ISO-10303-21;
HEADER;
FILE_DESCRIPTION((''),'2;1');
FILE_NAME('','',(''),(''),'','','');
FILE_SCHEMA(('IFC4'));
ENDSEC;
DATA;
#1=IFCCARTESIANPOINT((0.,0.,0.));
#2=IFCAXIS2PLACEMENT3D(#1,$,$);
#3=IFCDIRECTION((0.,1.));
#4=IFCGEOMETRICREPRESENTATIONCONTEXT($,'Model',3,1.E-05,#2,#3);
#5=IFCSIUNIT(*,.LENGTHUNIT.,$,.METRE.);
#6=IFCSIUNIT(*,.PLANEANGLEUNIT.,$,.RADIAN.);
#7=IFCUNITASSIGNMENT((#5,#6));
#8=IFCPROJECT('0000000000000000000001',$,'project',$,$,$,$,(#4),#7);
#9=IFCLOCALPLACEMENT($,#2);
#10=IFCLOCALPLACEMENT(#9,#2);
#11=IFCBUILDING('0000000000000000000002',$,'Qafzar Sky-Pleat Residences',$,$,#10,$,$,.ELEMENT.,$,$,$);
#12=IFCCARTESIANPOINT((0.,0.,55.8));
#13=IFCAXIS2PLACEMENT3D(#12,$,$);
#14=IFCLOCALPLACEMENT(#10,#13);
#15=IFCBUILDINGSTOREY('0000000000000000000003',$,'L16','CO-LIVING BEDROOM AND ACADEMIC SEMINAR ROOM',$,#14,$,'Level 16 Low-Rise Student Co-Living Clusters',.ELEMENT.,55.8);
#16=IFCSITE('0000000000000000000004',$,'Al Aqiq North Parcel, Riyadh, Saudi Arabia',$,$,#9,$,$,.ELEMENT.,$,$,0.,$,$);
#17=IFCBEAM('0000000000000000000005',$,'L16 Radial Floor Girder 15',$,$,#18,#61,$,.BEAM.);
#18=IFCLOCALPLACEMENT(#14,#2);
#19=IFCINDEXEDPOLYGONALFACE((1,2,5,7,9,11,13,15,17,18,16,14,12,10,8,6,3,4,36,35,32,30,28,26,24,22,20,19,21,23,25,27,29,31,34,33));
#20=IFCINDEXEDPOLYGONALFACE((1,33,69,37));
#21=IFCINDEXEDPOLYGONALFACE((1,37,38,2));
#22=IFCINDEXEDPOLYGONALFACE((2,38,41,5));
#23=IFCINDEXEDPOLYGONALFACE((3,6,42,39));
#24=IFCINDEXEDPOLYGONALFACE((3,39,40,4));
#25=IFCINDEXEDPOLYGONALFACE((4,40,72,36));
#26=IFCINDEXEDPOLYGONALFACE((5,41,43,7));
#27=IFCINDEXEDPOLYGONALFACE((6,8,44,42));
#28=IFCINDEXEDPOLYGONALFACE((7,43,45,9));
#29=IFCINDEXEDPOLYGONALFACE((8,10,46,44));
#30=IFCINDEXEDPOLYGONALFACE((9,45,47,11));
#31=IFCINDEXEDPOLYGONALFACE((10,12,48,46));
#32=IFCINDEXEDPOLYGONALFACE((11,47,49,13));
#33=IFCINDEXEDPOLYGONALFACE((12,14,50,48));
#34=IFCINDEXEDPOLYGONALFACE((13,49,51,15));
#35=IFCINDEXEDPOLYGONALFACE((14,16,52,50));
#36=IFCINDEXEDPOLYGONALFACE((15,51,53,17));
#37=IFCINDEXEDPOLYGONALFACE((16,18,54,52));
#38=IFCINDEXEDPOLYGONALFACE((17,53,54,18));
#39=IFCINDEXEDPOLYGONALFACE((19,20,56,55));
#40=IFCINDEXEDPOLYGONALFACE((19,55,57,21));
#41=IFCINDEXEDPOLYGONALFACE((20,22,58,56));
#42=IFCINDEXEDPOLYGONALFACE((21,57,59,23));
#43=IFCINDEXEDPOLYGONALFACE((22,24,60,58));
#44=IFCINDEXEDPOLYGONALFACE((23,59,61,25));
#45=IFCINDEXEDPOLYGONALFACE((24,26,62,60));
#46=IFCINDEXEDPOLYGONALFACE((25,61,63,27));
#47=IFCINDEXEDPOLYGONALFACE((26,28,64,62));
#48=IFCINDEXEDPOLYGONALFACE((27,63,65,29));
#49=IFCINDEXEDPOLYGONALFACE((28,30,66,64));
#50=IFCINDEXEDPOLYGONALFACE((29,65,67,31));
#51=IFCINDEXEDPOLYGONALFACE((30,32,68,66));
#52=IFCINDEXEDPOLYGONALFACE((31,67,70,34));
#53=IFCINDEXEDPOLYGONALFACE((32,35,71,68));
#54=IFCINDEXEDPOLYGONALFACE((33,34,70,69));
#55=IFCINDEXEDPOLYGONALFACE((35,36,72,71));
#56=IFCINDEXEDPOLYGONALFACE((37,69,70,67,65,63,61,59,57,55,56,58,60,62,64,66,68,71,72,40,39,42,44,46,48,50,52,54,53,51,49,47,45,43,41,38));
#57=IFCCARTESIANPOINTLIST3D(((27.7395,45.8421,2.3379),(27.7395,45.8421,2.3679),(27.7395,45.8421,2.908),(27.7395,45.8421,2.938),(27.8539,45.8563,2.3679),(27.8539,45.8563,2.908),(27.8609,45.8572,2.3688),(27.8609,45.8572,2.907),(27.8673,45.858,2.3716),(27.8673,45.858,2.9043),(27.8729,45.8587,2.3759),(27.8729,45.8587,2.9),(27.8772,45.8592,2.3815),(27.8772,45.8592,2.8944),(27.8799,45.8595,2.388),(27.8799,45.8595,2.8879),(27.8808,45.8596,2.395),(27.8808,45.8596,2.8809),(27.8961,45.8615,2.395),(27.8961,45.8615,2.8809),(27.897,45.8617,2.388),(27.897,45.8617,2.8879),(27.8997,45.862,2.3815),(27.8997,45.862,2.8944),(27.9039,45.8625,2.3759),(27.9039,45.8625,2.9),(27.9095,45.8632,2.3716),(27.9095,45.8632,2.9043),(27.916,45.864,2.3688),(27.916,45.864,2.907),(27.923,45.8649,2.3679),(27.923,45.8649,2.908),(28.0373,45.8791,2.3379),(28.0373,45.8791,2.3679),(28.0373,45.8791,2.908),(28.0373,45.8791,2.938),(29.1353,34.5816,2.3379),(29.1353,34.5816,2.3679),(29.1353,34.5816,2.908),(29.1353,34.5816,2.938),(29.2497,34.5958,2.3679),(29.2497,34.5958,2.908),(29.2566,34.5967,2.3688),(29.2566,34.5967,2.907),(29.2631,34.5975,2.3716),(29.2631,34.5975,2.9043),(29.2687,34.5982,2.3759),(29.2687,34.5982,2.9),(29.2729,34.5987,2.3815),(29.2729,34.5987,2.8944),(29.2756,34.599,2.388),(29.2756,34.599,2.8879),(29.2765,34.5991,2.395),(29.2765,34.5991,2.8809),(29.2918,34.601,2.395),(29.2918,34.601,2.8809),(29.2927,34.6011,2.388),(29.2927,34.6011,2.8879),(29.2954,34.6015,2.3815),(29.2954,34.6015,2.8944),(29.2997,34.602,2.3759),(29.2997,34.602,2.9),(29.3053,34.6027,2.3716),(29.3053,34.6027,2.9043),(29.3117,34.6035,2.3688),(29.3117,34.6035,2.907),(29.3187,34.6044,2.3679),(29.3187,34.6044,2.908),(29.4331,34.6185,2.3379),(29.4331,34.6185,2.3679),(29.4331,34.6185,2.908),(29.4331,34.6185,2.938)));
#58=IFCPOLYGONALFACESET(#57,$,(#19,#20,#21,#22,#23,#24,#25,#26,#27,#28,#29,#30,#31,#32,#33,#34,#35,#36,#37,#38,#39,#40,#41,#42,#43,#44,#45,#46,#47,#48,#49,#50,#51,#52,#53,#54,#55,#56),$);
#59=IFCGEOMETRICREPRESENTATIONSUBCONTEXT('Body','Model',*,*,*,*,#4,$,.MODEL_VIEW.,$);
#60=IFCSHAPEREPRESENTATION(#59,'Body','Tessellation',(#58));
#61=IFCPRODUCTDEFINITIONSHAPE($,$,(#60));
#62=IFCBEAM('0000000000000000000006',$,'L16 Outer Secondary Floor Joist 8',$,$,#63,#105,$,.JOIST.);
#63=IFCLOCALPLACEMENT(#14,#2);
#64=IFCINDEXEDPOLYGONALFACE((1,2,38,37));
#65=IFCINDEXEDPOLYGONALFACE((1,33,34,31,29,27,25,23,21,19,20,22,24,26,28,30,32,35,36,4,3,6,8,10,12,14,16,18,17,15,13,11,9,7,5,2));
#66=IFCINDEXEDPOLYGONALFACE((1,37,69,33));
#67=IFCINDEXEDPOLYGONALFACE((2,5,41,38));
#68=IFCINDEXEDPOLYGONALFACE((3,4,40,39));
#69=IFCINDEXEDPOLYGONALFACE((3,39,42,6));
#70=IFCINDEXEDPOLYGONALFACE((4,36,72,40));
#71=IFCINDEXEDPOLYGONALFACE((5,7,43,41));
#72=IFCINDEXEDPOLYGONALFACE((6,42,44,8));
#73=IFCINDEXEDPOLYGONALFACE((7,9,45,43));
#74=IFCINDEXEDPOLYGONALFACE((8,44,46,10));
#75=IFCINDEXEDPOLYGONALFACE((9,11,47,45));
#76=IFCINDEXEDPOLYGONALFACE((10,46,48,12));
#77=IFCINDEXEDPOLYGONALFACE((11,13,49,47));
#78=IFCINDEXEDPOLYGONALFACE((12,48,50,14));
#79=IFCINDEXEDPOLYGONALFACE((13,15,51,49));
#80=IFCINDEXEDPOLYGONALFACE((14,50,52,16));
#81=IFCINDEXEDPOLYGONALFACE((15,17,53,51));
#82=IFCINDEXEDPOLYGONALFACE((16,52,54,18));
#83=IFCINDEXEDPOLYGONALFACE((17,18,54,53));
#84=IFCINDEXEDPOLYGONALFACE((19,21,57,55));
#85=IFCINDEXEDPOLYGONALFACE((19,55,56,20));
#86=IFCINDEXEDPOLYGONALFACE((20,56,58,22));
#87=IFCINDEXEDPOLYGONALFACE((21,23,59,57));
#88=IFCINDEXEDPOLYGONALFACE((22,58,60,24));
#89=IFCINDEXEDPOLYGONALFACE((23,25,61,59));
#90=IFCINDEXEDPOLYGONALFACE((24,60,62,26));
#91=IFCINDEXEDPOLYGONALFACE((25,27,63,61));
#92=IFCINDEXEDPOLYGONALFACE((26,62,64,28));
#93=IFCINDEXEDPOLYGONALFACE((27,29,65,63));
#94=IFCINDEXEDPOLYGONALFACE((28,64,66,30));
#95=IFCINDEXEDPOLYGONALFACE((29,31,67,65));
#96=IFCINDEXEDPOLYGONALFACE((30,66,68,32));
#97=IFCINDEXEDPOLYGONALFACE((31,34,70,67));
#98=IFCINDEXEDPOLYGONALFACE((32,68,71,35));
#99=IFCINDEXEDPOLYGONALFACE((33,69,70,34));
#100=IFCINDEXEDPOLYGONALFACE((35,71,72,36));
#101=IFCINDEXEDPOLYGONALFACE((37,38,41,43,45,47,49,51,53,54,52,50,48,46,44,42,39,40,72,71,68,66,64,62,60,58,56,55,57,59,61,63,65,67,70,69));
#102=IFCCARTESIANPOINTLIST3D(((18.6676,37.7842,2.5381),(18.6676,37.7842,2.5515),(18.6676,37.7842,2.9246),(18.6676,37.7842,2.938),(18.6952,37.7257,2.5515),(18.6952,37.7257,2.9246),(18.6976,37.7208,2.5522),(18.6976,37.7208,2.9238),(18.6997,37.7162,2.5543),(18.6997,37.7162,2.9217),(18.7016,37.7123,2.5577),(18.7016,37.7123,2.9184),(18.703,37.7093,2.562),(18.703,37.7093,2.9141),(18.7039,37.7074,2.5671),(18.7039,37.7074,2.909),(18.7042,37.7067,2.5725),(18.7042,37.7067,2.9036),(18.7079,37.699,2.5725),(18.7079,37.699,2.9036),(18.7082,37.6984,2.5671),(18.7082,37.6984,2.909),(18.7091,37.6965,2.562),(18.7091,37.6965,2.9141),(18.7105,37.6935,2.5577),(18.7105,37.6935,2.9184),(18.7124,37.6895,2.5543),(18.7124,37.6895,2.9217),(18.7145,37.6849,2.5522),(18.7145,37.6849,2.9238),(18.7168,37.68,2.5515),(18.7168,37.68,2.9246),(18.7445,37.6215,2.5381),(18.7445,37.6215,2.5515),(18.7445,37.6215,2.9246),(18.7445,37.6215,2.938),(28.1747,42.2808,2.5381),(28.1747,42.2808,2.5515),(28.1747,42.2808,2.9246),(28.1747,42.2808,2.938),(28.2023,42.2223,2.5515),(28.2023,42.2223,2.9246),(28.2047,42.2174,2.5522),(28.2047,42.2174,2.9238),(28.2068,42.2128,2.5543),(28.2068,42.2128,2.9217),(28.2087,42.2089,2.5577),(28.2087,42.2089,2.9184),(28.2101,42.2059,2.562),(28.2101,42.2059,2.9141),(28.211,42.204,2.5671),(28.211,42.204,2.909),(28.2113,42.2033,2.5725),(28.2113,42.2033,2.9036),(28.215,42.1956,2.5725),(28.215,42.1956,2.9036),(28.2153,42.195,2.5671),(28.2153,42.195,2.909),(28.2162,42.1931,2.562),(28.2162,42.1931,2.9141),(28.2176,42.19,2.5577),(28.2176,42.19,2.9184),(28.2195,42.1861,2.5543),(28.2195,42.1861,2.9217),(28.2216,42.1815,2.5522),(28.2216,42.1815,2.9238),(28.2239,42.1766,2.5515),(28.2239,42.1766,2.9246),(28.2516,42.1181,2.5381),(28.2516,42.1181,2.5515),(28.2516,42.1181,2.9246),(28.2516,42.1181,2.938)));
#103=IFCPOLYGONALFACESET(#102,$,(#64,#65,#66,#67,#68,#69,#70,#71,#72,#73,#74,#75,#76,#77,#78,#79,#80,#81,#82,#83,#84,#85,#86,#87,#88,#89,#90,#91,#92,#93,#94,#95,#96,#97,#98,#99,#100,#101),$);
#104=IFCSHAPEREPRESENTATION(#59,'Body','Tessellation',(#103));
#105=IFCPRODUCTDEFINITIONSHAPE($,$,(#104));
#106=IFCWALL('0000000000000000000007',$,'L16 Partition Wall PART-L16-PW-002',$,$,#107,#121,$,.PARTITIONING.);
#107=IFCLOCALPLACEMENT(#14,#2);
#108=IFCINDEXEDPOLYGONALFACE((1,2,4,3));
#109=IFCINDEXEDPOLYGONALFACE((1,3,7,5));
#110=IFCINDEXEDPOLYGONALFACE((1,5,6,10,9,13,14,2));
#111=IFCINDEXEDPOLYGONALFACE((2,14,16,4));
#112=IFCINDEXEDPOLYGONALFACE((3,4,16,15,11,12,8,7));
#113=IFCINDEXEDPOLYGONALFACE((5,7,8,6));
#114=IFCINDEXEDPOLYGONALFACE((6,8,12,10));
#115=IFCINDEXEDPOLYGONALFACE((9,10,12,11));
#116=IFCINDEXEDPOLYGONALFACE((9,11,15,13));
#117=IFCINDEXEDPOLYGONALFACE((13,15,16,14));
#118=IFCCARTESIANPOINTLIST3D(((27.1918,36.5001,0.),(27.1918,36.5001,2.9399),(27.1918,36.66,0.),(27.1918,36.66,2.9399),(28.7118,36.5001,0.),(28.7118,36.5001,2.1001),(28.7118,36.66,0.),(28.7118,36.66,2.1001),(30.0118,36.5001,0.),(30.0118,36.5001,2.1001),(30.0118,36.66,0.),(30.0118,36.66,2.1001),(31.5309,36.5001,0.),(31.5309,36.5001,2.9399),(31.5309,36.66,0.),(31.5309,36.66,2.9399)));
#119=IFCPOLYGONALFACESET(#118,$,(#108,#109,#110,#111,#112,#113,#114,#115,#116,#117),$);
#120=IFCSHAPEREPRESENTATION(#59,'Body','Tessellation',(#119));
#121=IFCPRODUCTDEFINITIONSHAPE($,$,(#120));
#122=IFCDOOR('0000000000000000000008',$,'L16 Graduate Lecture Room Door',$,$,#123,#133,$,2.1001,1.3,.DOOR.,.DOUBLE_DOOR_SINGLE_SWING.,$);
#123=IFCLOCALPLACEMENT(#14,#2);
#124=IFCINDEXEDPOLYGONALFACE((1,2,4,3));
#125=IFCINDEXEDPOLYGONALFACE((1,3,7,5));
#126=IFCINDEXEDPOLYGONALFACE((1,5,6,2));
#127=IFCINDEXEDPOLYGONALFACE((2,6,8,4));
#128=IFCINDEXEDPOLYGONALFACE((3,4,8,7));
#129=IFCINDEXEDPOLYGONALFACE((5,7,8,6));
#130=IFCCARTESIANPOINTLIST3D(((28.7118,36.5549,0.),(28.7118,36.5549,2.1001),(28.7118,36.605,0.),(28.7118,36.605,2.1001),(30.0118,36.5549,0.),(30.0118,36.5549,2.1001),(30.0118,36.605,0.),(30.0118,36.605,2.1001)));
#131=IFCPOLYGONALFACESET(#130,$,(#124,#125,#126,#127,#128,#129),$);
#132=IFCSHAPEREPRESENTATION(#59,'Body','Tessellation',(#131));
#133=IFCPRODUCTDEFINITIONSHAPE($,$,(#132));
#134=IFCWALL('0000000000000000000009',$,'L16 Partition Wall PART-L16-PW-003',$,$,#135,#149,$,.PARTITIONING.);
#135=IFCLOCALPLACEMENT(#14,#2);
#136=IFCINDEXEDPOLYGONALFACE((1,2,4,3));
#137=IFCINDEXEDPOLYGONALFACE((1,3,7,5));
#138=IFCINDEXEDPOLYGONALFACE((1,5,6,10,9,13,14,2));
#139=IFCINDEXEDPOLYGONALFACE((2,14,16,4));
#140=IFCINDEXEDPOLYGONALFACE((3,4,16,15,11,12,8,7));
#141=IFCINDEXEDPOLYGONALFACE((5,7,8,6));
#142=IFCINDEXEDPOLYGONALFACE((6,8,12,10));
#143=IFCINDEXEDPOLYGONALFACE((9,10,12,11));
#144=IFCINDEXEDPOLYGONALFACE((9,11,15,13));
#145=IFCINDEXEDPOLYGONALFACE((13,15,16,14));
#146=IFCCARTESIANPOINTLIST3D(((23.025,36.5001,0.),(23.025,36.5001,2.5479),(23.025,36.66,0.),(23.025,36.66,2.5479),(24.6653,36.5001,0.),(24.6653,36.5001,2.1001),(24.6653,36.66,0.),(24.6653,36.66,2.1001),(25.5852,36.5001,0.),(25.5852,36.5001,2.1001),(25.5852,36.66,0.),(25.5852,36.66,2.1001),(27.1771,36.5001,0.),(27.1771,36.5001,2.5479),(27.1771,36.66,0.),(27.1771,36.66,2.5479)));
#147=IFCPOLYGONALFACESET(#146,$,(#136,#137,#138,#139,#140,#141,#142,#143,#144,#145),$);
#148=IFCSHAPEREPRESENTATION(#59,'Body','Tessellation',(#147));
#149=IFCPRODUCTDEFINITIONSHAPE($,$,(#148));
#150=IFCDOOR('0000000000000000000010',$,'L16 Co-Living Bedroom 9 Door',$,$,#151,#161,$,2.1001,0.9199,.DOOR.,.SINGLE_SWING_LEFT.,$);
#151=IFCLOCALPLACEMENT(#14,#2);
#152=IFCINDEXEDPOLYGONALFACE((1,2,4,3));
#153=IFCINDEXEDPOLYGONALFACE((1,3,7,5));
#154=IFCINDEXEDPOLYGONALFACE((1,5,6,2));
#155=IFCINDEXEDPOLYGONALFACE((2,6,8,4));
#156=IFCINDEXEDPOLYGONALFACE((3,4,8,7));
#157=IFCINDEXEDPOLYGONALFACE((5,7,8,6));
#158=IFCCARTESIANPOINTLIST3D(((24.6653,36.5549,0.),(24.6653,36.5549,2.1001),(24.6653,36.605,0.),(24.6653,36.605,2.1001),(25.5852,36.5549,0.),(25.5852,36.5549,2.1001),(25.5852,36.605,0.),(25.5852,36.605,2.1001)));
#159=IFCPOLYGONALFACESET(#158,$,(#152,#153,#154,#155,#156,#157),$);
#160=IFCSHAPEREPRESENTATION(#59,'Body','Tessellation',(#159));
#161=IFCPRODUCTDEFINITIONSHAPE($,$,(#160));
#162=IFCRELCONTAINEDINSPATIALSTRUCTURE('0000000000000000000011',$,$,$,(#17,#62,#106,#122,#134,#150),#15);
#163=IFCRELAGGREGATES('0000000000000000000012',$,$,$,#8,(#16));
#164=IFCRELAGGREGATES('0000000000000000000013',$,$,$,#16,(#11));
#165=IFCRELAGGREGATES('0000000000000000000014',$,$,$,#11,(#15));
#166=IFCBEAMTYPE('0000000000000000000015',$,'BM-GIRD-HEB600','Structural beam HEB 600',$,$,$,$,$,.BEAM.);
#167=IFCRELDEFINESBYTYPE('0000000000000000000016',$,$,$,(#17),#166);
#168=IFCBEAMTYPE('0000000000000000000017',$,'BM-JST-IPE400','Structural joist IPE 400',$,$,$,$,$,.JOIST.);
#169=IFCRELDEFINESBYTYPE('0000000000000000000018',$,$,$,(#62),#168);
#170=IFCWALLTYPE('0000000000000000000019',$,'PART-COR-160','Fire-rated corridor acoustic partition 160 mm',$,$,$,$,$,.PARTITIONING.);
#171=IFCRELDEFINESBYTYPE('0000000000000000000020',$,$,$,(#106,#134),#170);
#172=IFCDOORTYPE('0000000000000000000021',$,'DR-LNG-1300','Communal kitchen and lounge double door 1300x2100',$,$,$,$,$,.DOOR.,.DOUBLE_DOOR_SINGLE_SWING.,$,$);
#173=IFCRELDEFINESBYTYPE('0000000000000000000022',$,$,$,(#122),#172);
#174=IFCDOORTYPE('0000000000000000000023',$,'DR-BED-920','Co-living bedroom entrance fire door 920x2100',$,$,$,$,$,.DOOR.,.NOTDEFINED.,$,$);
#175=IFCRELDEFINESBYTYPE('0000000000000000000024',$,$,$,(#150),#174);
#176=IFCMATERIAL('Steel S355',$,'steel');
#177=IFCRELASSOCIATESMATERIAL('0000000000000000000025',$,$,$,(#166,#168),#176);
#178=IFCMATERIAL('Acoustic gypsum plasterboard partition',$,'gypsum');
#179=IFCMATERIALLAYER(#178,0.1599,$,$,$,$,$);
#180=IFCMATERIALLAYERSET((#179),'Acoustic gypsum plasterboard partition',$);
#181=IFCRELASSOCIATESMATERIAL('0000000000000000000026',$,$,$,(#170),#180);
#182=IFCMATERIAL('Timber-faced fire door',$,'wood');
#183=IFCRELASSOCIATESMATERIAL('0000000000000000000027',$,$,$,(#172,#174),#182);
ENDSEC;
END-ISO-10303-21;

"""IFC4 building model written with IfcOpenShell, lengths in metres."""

from ifc_helpers import new_model, si_unit, direction, frame, frame_2d, origin, origin_2d, place, context, subcontext, project, spatial, rectangle, i_section, extrude, source, transform, mapped, material, layer, layer_set, material_profile, profile_set, type_object, element, fill, save


model = new_model("IFC4")

# Units and contexts
model_context = context("Model", 3, precision=1e-05, world=origin(), true_north=direction((0.0, 1.0)))
body_context = subcontext(model_context, "Body", "Model", "MODEL_VIEW")
ifc_project = project(units=[si_unit("LENGTHUNIT", "METRE"), si_unit("PLANEANGLEUNIT", "RADIAN")], contexts=[model_context])

# Site, building, storey
site_placement = place(None, origin())
site = spatial("IfcSite", under=ifc_project, at=site_placement, Name="Al Aqiq North Parcel, Riyadh, Saudi Arabia", CompositionType="ELEMENT", RefElevation=0.0)
building_placement = place(site_placement, origin())
building = spatial("IfcBuilding", under=site, at=building_placement, Name="Qafzar Sky-Pleat Residences", CompositionType="ELEMENT")
storey_placement = place(building_placement, frame((0.0, 0.0, 55.8)))
storey = spatial("IfcBuildingStorey", under=building, at=storey_placement, Name="L16", Description="CO-LIVING BEDROOM AND ACADEMIC SEMINAR ROOM", LongName="Level 16 Low-Rise Student Co-Living Clusters", CompositionType="ELEMENT", Elevation=55.8)

# Beams
ifc_material_1 = material(Name="Steel S355", Category="steel")
ifc_material_profile_1 = material_profile(ifc_material_1, i_section(OverallWidth=0.3, OverallDepth=0.6001, WebThickness=0.0154, FlangeThickness=0.03, FilletRadius=0.0271, at=origin_2d()), Name="HEB 600")
ifc_profile_set_1 = profile_set([ifc_material_profile_1], Name="Steel S355")
beam_type_1 = type_object("IfcBeamType", Name="BM-GIRD-HEB600", Description="Structural beam HEB 600", PredefinedType="BEAM", material=ifc_profile_set_1)
shared_shape_1 = source(origin(), body_context, "Body", "SweptSolid", [
    extrude(i_section(OverallWidth=0.3, OverallDepth=0.6001, WebThickness=0.0154, FlangeThickness=0.03, FilletRadius=0.0271, at=origin_2d()), origin(), (0.0, 0.0, 1.0), 11.3467),
])
beam_1_placement = place(storey_placement, frame((27.8884, 45.8606, 2.6379), z_axis=(0.12301, -0.992405, 0.0), x_axis=(0.992405, 0.12301, 0.0)))
element("IfcBeam", 1, at=beam_1_placement, inside=storey, type_object=beam_type_1, Name="L16 Radial Floor Girder 15", PredefinedType="BEAM", context=body_context, shape_type="MappedRepresentation", body=[
    mapped(shared_shape_1, transform((0.0, 0.0, 0.0), x_axis=(1.0, 0.0, 0.0), y_axis=(0.0, 1.0, 0.0), z_axis=(0.0, 0.0, 1.0), scale=1.0)),
])
ifc_material_profile_2 = material_profile(ifc_material_1, i_section(OverallWidth=0.1799, OverallDepth=0.3999, WebThickness=0.0085, FlangeThickness=0.0134, FilletRadius=0.021, at=origin_2d()), Name="IPE 400")
ifc_profile_set_2 = profile_set([ifc_material_profile_2], Name="Steel S355")
beam_type_2 = type_object("IfcBeamType", Name="BM-JST-IPE400", Description="Structural joist IPE 400", PredefinedType="JOIST", material=ifc_profile_set_2)
shared_shape_2 = source(origin(), body_context, "Body", "SweptSolid", [
    extrude(i_section(OverallWidth=0.1799, OverallDepth=0.3999, WebThickness=0.0085, FlangeThickness=0.0134, FilletRadius=0.021, at=origin_2d()), origin(), (0.0, 0.0, 1.0), 10.5168),
])
beam_2_placement = place(storey_placement, frame((28.2131, 42.1995, 2.738), z_axis=(-0.903987, -0.42756, 0.0), x_axis=(0.42756, -0.903987, 0.0)))
element("IfcBeam", 2, at=beam_2_placement, inside=storey, type_object=beam_type_2, Name="L16 Outer Secondary Floor Joist 8", PredefinedType="JOIST", context=body_context, shape_type="MappedRepresentation", body=[
    mapped(shared_shape_2, transform((0.0, 0.0, 0.0), x_axis=(1.0, 0.0, 0.0), y_axis=(0.0, 1.0, 0.0), z_axis=(0.0, 0.0, 1.0), scale=1.0)),
])

# Walls, openings, doors
ifc_material_2 = material(Name="Acoustic gypsum plasterboard partition", Category="gypsum")
ifc_layer_1 = layer(ifc_material_2, 0.1599)
ifc_layer_set_1 = layer_set([ifc_layer_1], Name="Acoustic gypsum plasterboard partition")
wall_type_1 = type_object("IfcWallType", Name="PART-COR-160", Description="Fire-rated corridor acoustic partition 160 mm", PredefinedType="PARTITIONING", material=ifc_layer_set_1)
wall_1_placement = place(storey_placement, frame((27.1919, 36.5801, 0.0), z_axis=(0.0, 0.0, 1.0), x_axis=(1.0, 0.0, 0.0)))
wall_1 = element("IfcWall", 3, at=wall_1_placement, inside=storey, type_object=wall_type_1, Name="L16 Partition Wall PART-L16-PW-002", PredefinedType="PARTITIONING", context=body_context, shape_type="SweptSolid", body=[
    extrude(rectangle(XDim=4.3391, YDim=0.1599, at=frame_2d((2.1694, 0.0))), origin(), (0.0, 0.0, 1.0), 2.9399),
])
opening_1_placement = place(wall_1_placement, frame((1.52, 0.0, 0.0)))
opening_1 = element("IfcOpeningElement", 4, at=opening_1_placement, cuts=wall_1, PredefinedType="OPENING", context=body_context, shape_type="SweptSolid", body=[
    extrude(rectangle(XDim=1.3, YDim=2.1001, at=frame_2d((0.6499, 1.05))), frame((0.0, 0.0898, 0.0), z_axis=(0.0, -1.0, 0.0), x_axis=(1.0, 0.0, 0.0)), (0.0, 0.0, 1.0), 0.1799),
])
ifc_material_3 = material(Name="Timber-faced fire door", Category="wood")
door_type_1 = type_object("IfcDoorType", Name="DR-LNG-1300", Description="Communal kitchen and lounge double door 1300x2100", OperationType="DOUBLE_DOOR_SINGLE_SWING", PredefinedType="DOOR", material=ifc_material_3)
shared_shape_3 = source(origin(), body_context, "Body", "SweptSolid", [
    extrude(rectangle(XDim=1.3, YDim=2.1001, at=frame_2d((0.6499, 1.05))), frame((0.0, 0.0249, 0.0), z_axis=(0.0, -1.0, 0.0), x_axis=(1.0, 0.0, 0.0)), (0.0, 0.0, 1.0), 0.05),
])
door_1_placement = place(opening_1_placement, origin())
door_1 = element("IfcDoor", 5, at=door_1_placement, inside=storey, type_object=door_type_1, Name="L16 Graduate Lecture Room Door", OperationType="DOUBLE_DOOR_SINGLE_SWING", OverallHeight=2.1001, OverallWidth=1.3, PredefinedType="DOOR", context=body_context, shape_type="MappedRepresentation", body=[
    mapped(shared_shape_3, transform((0.0, 0.0, 0.0), x_axis=(1.0, 0.0, 0.0), y_axis=(0.0, 1.0, 0.0), z_axis=(0.0, 0.0, 1.0), scale=1.0)),
])
fill(opening_1, door_1)
wall_2_placement = place(storey_placement, frame((23.0249, 36.5801, 0.0), z_axis=(0.0, 0.0, 1.0), x_axis=(1.0, 0.0, 0.0)))
wall_2 = element("IfcWall", 6, at=wall_2_placement, inside=storey, type_object=wall_type_1, Name="L16 Partition Wall PART-L16-PW-003", PredefinedType="PARTITIONING", context=body_context, shape_type="SweptSolid", body=[
    extrude(rectangle(XDim=4.1521, YDim=0.1599, at=frame_2d((2.0762, 0.0))), origin(), (0.0, 0.0, 1.0), 2.5479),
])
opening_2_placement = place(wall_2_placement, frame((1.6404, 0.0, 0.0)))
opening_2 = element("IfcOpeningElement", 7, at=opening_2_placement, cuts=wall_2, PredefinedType="OPENING", context=body_context, shape_type="SweptSolid", body=[
    extrude(rectangle(XDim=0.9199, YDim=2.1001, at=frame_2d((0.46, 1.05))), frame((0.0, 0.0898, 0.0), z_axis=(0.0, -1.0, 0.0), x_axis=(1.0, 0.0, 0.0)), (0.0, 0.0, 1.0), 0.1799),
])
door_type_2 = type_object("IfcDoorType", Name="DR-BED-920", Description="Co-living bedroom entrance fire door 920x2100", OperationType="NOTDEFINED", PredefinedType="DOOR", material=ifc_material_3)
shared_shape_4 = source(origin(), body_context, "Body", "SweptSolid", [
    extrude(rectangle(XDim=0.9199, YDim=2.1001, at=frame_2d((0.46, 1.05))), frame((0.0, 0.0249, 0.0), z_axis=(0.0, -1.0, 0.0), x_axis=(1.0, 0.0, 0.0)), (0.0, 0.0, 1.0), 0.05),
])
door_2_placement = place(opening_2_placement, origin())
door_2 = element("IfcDoor", 8, at=door_2_placement, inside=storey, type_object=door_type_2, Name="L16 Co-Living Bedroom 9 Door", OperationType="SINGLE_SWING_LEFT", OverallHeight=2.1001, OverallWidth=0.9199, PredefinedType="DOOR", context=body_context, shape_type="MappedRepresentation", body=[
    mapped(shared_shape_4, transform((0.0, 0.0, 0.0), x_axis=(1.0, 0.0, 0.0), y_axis=(0.0, 1.0, 0.0), z_axis=(0.0, 0.0, 1.0), scale=1.0)),
])
fill(opening_2, door_2)

save(model, "model.ifc")
